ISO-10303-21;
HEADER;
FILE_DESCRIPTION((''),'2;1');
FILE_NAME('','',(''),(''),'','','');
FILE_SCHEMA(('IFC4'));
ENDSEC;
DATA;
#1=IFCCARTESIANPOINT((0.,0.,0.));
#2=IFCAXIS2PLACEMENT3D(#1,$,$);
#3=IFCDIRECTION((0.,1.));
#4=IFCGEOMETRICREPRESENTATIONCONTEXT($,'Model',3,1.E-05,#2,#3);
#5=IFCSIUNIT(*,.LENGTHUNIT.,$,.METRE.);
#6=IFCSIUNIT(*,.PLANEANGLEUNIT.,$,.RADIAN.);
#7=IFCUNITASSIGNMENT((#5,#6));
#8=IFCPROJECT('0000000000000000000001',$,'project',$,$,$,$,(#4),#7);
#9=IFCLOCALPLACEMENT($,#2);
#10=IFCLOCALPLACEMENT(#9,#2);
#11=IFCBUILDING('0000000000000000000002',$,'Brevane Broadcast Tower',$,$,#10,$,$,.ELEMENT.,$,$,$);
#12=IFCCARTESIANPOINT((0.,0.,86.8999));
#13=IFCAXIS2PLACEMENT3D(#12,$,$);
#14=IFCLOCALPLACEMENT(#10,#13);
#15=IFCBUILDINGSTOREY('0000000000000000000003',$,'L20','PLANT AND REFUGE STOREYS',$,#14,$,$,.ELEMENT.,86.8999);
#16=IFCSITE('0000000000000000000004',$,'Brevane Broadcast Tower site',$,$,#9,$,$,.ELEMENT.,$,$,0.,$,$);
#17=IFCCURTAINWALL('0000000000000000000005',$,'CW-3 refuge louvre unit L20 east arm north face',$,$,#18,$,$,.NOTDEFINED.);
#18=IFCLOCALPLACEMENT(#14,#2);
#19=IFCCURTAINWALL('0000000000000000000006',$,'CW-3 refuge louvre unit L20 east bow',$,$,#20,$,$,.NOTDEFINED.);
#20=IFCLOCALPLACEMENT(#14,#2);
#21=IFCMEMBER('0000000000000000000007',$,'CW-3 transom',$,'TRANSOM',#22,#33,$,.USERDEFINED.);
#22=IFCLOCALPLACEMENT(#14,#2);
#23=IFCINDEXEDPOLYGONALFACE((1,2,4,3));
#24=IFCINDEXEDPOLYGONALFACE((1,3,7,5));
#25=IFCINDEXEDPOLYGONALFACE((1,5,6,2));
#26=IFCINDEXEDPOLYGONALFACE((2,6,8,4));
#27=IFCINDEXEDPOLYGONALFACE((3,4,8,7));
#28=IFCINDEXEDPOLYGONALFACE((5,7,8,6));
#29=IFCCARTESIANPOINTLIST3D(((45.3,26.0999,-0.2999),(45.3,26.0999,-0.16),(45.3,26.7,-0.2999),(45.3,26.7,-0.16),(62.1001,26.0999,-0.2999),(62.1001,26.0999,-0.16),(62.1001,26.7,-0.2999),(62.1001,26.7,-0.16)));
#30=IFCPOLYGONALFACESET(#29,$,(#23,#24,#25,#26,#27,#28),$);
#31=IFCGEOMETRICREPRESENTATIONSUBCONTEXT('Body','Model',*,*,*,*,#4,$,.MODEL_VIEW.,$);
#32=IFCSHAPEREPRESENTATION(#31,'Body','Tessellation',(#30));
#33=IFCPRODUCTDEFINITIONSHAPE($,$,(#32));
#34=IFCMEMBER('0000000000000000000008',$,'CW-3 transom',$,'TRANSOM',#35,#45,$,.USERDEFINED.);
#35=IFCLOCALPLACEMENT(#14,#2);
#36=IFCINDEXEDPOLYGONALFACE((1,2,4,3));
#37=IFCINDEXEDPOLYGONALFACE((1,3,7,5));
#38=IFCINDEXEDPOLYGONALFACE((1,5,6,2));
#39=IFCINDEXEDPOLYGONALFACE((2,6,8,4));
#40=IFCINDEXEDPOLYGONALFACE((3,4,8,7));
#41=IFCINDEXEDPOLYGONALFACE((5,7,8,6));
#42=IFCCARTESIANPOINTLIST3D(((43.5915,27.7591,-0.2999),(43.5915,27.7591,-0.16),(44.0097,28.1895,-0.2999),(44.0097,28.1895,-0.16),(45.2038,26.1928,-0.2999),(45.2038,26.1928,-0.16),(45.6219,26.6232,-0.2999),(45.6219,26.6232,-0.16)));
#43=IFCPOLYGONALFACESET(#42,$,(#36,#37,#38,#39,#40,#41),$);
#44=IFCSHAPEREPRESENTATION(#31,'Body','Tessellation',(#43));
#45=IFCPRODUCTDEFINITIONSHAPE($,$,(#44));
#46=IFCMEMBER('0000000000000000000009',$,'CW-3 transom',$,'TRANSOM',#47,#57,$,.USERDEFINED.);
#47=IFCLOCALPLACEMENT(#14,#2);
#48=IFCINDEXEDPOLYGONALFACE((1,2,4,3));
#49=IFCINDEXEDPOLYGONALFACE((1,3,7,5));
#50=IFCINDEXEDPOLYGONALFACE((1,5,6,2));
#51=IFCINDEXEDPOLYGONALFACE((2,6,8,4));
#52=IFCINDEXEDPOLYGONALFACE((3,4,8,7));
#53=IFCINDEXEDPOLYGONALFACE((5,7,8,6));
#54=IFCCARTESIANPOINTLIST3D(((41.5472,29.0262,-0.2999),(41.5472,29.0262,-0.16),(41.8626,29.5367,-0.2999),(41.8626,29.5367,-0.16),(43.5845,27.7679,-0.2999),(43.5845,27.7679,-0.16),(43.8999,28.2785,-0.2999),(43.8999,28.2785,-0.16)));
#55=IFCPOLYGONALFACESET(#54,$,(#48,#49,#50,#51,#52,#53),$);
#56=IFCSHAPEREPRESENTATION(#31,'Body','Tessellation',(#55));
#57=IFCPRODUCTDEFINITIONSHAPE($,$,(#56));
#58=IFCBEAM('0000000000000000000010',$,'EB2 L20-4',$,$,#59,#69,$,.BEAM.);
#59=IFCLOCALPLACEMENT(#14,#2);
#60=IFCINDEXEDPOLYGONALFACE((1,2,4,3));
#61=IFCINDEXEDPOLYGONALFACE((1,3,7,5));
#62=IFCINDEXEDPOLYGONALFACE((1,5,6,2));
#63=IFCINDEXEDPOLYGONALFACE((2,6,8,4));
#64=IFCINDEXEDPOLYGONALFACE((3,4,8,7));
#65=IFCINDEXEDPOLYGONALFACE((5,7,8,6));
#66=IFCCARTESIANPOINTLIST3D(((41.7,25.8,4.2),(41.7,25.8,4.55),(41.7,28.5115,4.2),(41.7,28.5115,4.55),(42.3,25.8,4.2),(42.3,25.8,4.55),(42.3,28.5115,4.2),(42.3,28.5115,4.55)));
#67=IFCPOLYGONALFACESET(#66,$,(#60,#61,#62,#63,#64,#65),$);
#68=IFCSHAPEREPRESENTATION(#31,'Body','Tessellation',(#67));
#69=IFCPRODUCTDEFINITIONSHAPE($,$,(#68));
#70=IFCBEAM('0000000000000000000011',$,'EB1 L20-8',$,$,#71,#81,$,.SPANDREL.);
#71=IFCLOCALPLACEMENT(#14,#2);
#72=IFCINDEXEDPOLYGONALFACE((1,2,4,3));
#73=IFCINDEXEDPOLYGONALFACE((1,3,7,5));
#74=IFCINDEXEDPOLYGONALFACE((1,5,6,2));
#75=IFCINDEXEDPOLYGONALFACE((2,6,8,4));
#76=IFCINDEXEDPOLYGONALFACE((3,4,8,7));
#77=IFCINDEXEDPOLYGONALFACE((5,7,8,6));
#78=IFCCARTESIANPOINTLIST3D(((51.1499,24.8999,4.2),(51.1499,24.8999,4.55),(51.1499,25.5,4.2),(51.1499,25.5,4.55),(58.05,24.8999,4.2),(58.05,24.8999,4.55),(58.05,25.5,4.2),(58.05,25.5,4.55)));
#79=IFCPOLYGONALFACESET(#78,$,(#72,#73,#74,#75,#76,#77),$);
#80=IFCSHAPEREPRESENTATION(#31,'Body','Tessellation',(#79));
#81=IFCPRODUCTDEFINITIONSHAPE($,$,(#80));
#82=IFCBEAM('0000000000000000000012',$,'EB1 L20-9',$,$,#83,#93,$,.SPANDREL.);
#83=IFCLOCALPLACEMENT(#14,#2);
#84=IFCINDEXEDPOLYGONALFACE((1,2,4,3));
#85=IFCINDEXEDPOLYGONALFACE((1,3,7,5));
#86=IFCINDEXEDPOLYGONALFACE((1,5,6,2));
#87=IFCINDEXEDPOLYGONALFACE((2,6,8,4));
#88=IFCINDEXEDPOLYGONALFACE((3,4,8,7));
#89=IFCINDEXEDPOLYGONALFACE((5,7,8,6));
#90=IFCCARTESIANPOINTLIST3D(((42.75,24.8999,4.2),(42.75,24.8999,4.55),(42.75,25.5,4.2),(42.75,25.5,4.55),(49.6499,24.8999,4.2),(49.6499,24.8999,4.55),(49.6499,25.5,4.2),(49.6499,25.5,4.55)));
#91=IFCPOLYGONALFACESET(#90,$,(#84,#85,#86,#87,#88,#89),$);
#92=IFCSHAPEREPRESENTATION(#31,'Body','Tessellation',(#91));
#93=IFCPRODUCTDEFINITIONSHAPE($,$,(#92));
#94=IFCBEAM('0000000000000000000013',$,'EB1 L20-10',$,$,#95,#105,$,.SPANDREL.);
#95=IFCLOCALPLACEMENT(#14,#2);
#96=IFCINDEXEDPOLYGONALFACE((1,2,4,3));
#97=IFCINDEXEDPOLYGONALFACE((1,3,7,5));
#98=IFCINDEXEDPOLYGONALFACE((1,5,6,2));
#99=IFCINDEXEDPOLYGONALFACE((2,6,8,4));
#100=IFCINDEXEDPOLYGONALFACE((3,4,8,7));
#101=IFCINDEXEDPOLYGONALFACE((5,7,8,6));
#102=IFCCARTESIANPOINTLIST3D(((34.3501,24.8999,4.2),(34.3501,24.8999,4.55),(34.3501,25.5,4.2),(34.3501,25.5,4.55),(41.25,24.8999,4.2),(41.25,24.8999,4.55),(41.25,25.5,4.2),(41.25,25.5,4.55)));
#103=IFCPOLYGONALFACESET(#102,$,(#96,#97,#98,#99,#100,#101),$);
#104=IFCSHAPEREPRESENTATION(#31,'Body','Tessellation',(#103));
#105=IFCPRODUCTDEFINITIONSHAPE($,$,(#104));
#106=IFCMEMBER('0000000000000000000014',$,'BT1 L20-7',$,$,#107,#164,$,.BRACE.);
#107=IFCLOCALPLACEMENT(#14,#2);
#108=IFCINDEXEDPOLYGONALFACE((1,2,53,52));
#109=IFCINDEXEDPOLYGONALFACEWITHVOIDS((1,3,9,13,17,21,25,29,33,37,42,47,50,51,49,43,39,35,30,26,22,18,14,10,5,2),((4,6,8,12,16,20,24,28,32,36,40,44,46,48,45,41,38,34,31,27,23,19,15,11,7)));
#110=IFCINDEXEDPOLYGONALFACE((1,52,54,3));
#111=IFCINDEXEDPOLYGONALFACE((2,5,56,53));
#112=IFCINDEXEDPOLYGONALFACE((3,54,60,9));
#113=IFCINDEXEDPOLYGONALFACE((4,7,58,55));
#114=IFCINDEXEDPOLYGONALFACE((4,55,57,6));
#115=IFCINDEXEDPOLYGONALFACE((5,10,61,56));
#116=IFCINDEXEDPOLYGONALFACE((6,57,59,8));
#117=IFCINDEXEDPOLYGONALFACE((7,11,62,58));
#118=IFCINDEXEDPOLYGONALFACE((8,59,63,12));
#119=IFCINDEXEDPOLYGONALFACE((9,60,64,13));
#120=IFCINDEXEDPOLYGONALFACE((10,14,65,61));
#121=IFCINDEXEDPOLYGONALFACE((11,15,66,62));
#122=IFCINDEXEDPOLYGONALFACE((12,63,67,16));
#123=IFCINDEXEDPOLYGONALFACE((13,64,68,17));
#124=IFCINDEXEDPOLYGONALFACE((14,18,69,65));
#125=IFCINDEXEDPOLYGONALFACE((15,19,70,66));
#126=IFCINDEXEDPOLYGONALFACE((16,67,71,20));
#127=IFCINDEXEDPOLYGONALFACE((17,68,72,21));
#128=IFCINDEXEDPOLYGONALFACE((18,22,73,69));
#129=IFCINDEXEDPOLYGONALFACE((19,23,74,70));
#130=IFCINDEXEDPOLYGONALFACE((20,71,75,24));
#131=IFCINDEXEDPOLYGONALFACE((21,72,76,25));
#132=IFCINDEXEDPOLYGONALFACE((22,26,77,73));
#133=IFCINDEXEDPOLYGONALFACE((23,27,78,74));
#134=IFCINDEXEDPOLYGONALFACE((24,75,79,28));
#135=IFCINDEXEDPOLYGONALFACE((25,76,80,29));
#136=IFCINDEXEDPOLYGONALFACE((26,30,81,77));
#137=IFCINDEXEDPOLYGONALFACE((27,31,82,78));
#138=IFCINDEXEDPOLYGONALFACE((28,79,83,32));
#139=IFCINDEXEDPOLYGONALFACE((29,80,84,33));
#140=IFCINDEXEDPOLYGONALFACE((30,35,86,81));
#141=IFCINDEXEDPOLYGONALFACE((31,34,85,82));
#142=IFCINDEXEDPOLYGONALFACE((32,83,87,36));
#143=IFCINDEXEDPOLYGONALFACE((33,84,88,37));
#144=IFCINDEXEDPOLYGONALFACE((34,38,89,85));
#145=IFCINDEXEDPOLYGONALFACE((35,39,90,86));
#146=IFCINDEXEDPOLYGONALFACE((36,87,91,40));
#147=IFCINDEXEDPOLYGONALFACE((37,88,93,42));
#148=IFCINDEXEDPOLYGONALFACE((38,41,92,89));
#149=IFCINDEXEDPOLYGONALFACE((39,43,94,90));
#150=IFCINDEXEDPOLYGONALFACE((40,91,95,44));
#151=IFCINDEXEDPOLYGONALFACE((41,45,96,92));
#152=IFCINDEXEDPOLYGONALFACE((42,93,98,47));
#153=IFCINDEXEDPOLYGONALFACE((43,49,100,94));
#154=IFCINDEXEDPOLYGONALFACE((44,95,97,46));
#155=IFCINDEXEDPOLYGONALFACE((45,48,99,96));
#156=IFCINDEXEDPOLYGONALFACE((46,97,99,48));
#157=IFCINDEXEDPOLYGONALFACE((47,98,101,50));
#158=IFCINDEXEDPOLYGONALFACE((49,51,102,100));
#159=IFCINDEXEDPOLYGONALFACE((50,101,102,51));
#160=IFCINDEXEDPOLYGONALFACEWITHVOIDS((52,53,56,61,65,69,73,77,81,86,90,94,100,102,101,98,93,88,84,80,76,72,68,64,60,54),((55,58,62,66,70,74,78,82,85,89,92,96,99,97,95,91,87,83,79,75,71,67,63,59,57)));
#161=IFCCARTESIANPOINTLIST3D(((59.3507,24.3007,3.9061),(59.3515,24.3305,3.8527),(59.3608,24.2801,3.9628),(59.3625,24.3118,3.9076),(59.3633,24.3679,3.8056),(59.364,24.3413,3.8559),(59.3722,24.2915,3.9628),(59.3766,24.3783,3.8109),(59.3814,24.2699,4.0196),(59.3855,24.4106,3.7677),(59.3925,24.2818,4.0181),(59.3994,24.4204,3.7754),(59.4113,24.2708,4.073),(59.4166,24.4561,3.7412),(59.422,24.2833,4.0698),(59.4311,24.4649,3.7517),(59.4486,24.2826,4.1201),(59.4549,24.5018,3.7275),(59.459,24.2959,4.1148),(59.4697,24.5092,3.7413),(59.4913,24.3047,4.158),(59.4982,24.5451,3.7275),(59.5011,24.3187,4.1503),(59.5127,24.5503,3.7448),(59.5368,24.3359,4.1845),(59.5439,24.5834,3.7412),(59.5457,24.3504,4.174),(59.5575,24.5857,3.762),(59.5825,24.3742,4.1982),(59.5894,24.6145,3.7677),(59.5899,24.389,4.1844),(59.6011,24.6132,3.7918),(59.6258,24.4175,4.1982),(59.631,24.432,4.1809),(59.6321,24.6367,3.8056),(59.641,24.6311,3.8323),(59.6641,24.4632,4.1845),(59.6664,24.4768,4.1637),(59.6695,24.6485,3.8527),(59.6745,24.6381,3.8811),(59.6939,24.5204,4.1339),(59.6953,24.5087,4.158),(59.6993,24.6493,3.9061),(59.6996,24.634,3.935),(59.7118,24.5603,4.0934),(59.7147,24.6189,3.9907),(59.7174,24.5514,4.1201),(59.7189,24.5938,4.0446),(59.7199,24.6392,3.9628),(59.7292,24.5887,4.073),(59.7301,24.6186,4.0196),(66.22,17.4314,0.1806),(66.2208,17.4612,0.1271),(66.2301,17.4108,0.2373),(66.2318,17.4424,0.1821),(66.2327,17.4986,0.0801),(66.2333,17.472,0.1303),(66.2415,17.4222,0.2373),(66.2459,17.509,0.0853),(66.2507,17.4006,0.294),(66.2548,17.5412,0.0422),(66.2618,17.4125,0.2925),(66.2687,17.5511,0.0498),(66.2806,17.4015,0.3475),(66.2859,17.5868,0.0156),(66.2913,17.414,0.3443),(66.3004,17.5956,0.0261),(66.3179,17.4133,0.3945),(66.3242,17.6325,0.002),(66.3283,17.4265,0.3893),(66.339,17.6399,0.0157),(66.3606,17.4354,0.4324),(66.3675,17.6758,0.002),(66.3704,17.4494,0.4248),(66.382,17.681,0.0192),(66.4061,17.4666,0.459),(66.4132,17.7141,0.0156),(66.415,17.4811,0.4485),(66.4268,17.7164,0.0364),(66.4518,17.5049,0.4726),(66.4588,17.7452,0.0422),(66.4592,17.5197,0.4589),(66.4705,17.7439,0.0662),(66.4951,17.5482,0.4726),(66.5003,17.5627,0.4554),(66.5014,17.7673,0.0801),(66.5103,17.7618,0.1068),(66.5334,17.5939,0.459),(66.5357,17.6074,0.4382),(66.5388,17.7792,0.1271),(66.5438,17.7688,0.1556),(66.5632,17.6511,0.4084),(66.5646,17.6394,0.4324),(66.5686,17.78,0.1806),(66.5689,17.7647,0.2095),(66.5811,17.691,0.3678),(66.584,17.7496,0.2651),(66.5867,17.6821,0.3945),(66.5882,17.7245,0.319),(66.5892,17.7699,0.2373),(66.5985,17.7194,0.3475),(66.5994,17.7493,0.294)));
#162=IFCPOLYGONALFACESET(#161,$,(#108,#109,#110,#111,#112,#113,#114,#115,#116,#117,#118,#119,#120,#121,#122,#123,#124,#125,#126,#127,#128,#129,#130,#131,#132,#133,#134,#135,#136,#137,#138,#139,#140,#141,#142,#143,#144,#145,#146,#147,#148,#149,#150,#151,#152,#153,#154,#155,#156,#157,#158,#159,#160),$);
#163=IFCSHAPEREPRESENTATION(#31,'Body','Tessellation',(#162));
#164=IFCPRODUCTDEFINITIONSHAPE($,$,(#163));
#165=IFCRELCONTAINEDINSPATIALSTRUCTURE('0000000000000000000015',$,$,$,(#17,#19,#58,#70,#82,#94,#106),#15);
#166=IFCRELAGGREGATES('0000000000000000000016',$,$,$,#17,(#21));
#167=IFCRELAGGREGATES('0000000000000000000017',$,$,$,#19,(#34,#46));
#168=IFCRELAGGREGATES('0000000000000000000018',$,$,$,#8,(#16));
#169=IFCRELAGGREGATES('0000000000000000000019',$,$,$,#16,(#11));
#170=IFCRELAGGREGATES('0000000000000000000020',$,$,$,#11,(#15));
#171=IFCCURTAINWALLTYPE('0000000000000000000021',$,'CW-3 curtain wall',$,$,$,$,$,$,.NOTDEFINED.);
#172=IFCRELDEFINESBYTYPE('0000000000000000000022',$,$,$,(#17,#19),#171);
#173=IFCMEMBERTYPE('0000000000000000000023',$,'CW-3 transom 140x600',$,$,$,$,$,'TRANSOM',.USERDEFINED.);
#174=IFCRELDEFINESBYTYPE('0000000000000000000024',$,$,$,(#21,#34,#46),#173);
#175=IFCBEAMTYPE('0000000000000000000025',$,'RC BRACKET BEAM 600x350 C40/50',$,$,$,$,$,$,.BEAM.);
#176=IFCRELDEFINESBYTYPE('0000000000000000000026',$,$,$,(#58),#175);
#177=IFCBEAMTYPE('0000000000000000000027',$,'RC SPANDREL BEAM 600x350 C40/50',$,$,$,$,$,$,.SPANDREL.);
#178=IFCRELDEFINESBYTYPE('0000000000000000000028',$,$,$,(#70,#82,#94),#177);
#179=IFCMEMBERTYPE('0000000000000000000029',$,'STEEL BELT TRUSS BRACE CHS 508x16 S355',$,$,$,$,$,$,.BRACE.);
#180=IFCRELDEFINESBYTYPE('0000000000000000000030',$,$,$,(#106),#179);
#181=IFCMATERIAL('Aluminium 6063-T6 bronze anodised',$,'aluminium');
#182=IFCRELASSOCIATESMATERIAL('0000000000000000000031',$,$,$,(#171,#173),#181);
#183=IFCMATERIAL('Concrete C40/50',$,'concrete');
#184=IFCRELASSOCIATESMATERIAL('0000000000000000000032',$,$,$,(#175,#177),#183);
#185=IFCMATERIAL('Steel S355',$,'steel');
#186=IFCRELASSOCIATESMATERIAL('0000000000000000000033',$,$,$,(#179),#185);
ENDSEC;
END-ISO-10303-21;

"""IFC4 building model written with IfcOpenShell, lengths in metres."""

from ifc_helpers import new_model, si_unit, direction, frame, origin, origin_2d, place, context, subcontext, project, spatial, rectangle, hollow_circle, extrude, material, material_profile, profile_set, type_object, element, aggregate, save


model = new_model("IFC4")

# Units and contexts
model_context = context("Model", 3, precision=1e-05, world=origin(), true_north=direction((0.0, 1.0)))
body_context = subcontext(model_context, "Body", "Model", "MODEL_VIEW")
ifc_project = project(units=[si_unit("LENGTHUNIT", "METRE"), si_unit("PLANEANGLEUNIT", "RADIAN")], contexts=[model_context])

# Site, building, storey
site_placement = place(None, origin())
site = spatial("IfcSite", under=ifc_project, at=site_placement, Name="Brevane Broadcast Tower site", CompositionType="ELEMENT", RefElevation=0.0)
building_placement = place(site_placement, origin())
building = spatial("IfcBuilding", under=site, at=building_placement, Name="Brevane Broadcast Tower", CompositionType="ELEMENT")
storey_placement = place(building_placement, frame((0.0, 0.0, 86.8999)))
storey = spatial("IfcBuildingStorey", under=building, at=storey_placement, Name="L20", Description="PLANT AND REFUGE STOREYS", CompositionType="ELEMENT", Elevation=86.8999)

# Shared definitions
ifc_material_1 = material(Name="Aluminium 6063-T6 bronze anodised", Category="aluminium")
curtain_wall_type = type_object("IfcCurtainWallType", Name="CW-3 curtain wall", PredefinedType="NOTDEFINED", material=ifc_material_1)

# Curtain walls
curtain_wall_1_placement = place(storey_placement, origin())
curtain_wall_1 = element("IfcCurtainWall", 1, at=curtain_wall_1_placement, inside=storey, type_object=curtain_wall_type, Name="CW-3 refuge louvre unit L20 east arm north face", PredefinedType="NOTDEFINED")
curtain_wall_2_placement = place(storey_placement, origin())
curtain_wall_2 = element("IfcCurtainWall", 2, at=curtain_wall_2_placement, inside=storey, type_object=curtain_wall_type, Name="CW-3 refuge louvre unit L20 east bow", PredefinedType="NOTDEFINED")

# Members
ifc_material_profile_1 = material_profile(ifc_material_1, rectangle(XDim=0.6001, YDim=0.1399, at=origin_2d()), Name="RECT 140x600")
ifc_profile_set_1 = profile_set([ifc_material_profile_1], Name="Aluminium 6063-T6 bronze anodised")
member_type_1 = type_object("IfcMemberType", Name="CW-3 transom 140x600", ElementType="TRANSOM", PredefinedType="USERDEFINED", material=ifc_profile_set_1)
member_1_placement = place(storey_placement, frame((62.1001, 26.3999, -0.23), z_axis=(-1.0, 0.0, 0.0), x_axis=(0.0, -1.0, 0.0)))
member_1 = element("IfcMember", 3, at=member_1_placement, type_object=member_type_1, Name="CW-3 transom", ObjectType="TRANSOM", PredefinedType="USERDEFINED", context=body_context, shape_type="SweptSolid", body=[
    extrude(rectangle(XDim=0.6001, YDim=0.1399, at=origin_2d()), origin(), (0.0, 0.0, 1.0), 16.8),
])
aggregate(curtain_wall_1, [member_1])
member_2_placement = place(storey_placement, frame((45.4128, 26.408, -0.23), z_axis=(-0.717242, 0.696824, 0.0), x_axis=(-0.696824, -0.717242, 0.0)))
member_2 = element("IfcMember", 4, at=member_2_placement, type_object=member_type_1, Name="CW-3 transom", ObjectType="TRANSOM", PredefinedType="USERDEFINED", context=body_context, shape_type="SweptSolid", body=[
    extrude(rectangle(XDim=0.6001, YDim=0.1399, at=origin_2d()), origin(), (0.0, 0.0, 1.0), 2.2478),
])
member_3_placement = place(storey_placement, frame((43.7422, 28.0232, -0.23), z_axis=(-0.85081, 0.525473, 0.0), x_axis=(-0.525473, -0.85081, 0.0)))
member_3 = element("IfcMember", 5, at=member_3_placement, type_object=member_type_1, Name="CW-3 transom", ObjectType="TRANSOM", PredefinedType="USERDEFINED", context=body_context, shape_type="SweptSolid", body=[
    extrude(rectangle(XDim=0.6001, YDim=0.1399, at=origin_2d()), origin(), (0.0, 0.0, 1.0), 2.3945),
])
aggregate(curtain_wall_2, [member_2, member_3])

# Beams
ifc_material_2 = material(Name="Concrete C40/50", Category="concrete")
ifc_material_profile_2 = material_profile(ifc_material_2, rectangle(XDim=0.6001, YDim=0.3501, at=origin_2d()), Name="RC 600x350")
ifc_profile_set_2 = profile_set([ifc_material_profile_2], Name="Concrete C40/50")
beam_type_1 = type_object("IfcBeamType", Name="RC BRACKET BEAM 600x350 C40/50", PredefinedType="BEAM", material=ifc_profile_set_2)
beam_1_placement = place(storey_placement, frame((42.0, 25.8, 4.375), z_axis=(0.0, 1.0, 0.0), x_axis=(-1.0, 0.0, 0.0)))
element("IfcBeam", 6, at=beam_1_placement, inside=storey, type_object=beam_type_1, Name="EB2 L20-4", PredefinedType="BEAM", context=body_context, shape_type="SweptSolid", body=[
    extrude(rectangle(XDim=0.6001, YDim=0.3501, at=origin_2d()), origin(), (0.0, 0.0, 1.0), 2.7114),
])
ifc_material_profile_3 = material_profile(ifc_material_2, rectangle(XDim=0.6001, YDim=0.3501, at=origin_2d()), Name="RC 600x350")
ifc_profile_set_3 = profile_set([ifc_material_profile_3], Name="Concrete C40/50")
beam_type_2 = type_object("IfcBeamType", Name="RC SPANDREL BEAM 600x350 C40/50", PredefinedType="SPANDREL", material=ifc_profile_set_3)
beam_2_placement = place(storey_placement, frame((58.05, 25.2, 4.375), z_axis=(-1.0, 0.0, 0.0), x_axis=(0.0, -1.0, 0.0)))
element("IfcBeam", 7, at=beam_2_placement, inside=storey, type_object=beam_type_2, Name="EB1 L20-8", PredefinedType="SPANDREL", context=body_context, shape_type="SweptSolid", body=[
    extrude(rectangle(XDim=0.6001, YDim=0.3501, at=origin_2d()), origin(), (0.0, 0.0, 1.0), 6.9001),
])
for number, where, z_axis, x_axis, name in (
    (8, (49.6499, 25.2, 4.375), (-1.0, 0.0, 0.0), (0.0, -1.0, 0.0), "EB1 L20-9"),
    (9, (41.25, 25.2, 4.375), (-1.0, 0.0, 0.0), (0.0, -1.0, 0.0), "EB1 L20-10"),
):
    element("IfcBeam", number, at=place(storey_placement, frame(where, z_axis=z_axis, x_axis=x_axis)), inside=storey, type_object=beam_type_2, Name=name, PredefinedType="SPANDREL", context=body_context, shape_type="SweptSolid", body=[
        extrude(rectangle(XDim=0.6001, YDim=0.3501, at=origin_2d()), origin(), (0.0, 0.0, 1.0), 6.8999),
    ])

# Member
ifc_material_3 = material(Name="Steel S355", Category="steel")
ifc_material_profile_4 = material_profile(ifc_material_3, hollow_circle(Radius=0.2539, WallThickness=0.0161, at=origin_2d()), Name="CHS 508x16")
ifc_profile_set_4 = profile_set([ifc_material_profile_4], Name="Steel S355")
member_type_2 = type_object("IfcMemberType", Name="STEEL BELT TRUSS BRACE CHS 508x16 S355", PredefinedType="BRACE", material=ifc_profile_set_4)
member_4_placement = place(storey_placement, frame((66.4097, 17.5903, 0.2373), z_axis=(-0.660222, 0.660222, 0.358069), x_axis=(-0.707107, -0.707107, 0.0)))
element("IfcMember", 10, at=member_4_placement, inside=storey, type_object=member_type_2, Name="BT1 L20-7", PredefinedType="BRACE", context=body_context, shape_type="SweptSolid", body=[
    extrude(hollow_circle(Radius=0.2539, WallThickness=0.0161, at=origin_2d()), origin(), (0.0, 0.0, 1.0), 10.4045),
])

save(model, "model.ifc")
